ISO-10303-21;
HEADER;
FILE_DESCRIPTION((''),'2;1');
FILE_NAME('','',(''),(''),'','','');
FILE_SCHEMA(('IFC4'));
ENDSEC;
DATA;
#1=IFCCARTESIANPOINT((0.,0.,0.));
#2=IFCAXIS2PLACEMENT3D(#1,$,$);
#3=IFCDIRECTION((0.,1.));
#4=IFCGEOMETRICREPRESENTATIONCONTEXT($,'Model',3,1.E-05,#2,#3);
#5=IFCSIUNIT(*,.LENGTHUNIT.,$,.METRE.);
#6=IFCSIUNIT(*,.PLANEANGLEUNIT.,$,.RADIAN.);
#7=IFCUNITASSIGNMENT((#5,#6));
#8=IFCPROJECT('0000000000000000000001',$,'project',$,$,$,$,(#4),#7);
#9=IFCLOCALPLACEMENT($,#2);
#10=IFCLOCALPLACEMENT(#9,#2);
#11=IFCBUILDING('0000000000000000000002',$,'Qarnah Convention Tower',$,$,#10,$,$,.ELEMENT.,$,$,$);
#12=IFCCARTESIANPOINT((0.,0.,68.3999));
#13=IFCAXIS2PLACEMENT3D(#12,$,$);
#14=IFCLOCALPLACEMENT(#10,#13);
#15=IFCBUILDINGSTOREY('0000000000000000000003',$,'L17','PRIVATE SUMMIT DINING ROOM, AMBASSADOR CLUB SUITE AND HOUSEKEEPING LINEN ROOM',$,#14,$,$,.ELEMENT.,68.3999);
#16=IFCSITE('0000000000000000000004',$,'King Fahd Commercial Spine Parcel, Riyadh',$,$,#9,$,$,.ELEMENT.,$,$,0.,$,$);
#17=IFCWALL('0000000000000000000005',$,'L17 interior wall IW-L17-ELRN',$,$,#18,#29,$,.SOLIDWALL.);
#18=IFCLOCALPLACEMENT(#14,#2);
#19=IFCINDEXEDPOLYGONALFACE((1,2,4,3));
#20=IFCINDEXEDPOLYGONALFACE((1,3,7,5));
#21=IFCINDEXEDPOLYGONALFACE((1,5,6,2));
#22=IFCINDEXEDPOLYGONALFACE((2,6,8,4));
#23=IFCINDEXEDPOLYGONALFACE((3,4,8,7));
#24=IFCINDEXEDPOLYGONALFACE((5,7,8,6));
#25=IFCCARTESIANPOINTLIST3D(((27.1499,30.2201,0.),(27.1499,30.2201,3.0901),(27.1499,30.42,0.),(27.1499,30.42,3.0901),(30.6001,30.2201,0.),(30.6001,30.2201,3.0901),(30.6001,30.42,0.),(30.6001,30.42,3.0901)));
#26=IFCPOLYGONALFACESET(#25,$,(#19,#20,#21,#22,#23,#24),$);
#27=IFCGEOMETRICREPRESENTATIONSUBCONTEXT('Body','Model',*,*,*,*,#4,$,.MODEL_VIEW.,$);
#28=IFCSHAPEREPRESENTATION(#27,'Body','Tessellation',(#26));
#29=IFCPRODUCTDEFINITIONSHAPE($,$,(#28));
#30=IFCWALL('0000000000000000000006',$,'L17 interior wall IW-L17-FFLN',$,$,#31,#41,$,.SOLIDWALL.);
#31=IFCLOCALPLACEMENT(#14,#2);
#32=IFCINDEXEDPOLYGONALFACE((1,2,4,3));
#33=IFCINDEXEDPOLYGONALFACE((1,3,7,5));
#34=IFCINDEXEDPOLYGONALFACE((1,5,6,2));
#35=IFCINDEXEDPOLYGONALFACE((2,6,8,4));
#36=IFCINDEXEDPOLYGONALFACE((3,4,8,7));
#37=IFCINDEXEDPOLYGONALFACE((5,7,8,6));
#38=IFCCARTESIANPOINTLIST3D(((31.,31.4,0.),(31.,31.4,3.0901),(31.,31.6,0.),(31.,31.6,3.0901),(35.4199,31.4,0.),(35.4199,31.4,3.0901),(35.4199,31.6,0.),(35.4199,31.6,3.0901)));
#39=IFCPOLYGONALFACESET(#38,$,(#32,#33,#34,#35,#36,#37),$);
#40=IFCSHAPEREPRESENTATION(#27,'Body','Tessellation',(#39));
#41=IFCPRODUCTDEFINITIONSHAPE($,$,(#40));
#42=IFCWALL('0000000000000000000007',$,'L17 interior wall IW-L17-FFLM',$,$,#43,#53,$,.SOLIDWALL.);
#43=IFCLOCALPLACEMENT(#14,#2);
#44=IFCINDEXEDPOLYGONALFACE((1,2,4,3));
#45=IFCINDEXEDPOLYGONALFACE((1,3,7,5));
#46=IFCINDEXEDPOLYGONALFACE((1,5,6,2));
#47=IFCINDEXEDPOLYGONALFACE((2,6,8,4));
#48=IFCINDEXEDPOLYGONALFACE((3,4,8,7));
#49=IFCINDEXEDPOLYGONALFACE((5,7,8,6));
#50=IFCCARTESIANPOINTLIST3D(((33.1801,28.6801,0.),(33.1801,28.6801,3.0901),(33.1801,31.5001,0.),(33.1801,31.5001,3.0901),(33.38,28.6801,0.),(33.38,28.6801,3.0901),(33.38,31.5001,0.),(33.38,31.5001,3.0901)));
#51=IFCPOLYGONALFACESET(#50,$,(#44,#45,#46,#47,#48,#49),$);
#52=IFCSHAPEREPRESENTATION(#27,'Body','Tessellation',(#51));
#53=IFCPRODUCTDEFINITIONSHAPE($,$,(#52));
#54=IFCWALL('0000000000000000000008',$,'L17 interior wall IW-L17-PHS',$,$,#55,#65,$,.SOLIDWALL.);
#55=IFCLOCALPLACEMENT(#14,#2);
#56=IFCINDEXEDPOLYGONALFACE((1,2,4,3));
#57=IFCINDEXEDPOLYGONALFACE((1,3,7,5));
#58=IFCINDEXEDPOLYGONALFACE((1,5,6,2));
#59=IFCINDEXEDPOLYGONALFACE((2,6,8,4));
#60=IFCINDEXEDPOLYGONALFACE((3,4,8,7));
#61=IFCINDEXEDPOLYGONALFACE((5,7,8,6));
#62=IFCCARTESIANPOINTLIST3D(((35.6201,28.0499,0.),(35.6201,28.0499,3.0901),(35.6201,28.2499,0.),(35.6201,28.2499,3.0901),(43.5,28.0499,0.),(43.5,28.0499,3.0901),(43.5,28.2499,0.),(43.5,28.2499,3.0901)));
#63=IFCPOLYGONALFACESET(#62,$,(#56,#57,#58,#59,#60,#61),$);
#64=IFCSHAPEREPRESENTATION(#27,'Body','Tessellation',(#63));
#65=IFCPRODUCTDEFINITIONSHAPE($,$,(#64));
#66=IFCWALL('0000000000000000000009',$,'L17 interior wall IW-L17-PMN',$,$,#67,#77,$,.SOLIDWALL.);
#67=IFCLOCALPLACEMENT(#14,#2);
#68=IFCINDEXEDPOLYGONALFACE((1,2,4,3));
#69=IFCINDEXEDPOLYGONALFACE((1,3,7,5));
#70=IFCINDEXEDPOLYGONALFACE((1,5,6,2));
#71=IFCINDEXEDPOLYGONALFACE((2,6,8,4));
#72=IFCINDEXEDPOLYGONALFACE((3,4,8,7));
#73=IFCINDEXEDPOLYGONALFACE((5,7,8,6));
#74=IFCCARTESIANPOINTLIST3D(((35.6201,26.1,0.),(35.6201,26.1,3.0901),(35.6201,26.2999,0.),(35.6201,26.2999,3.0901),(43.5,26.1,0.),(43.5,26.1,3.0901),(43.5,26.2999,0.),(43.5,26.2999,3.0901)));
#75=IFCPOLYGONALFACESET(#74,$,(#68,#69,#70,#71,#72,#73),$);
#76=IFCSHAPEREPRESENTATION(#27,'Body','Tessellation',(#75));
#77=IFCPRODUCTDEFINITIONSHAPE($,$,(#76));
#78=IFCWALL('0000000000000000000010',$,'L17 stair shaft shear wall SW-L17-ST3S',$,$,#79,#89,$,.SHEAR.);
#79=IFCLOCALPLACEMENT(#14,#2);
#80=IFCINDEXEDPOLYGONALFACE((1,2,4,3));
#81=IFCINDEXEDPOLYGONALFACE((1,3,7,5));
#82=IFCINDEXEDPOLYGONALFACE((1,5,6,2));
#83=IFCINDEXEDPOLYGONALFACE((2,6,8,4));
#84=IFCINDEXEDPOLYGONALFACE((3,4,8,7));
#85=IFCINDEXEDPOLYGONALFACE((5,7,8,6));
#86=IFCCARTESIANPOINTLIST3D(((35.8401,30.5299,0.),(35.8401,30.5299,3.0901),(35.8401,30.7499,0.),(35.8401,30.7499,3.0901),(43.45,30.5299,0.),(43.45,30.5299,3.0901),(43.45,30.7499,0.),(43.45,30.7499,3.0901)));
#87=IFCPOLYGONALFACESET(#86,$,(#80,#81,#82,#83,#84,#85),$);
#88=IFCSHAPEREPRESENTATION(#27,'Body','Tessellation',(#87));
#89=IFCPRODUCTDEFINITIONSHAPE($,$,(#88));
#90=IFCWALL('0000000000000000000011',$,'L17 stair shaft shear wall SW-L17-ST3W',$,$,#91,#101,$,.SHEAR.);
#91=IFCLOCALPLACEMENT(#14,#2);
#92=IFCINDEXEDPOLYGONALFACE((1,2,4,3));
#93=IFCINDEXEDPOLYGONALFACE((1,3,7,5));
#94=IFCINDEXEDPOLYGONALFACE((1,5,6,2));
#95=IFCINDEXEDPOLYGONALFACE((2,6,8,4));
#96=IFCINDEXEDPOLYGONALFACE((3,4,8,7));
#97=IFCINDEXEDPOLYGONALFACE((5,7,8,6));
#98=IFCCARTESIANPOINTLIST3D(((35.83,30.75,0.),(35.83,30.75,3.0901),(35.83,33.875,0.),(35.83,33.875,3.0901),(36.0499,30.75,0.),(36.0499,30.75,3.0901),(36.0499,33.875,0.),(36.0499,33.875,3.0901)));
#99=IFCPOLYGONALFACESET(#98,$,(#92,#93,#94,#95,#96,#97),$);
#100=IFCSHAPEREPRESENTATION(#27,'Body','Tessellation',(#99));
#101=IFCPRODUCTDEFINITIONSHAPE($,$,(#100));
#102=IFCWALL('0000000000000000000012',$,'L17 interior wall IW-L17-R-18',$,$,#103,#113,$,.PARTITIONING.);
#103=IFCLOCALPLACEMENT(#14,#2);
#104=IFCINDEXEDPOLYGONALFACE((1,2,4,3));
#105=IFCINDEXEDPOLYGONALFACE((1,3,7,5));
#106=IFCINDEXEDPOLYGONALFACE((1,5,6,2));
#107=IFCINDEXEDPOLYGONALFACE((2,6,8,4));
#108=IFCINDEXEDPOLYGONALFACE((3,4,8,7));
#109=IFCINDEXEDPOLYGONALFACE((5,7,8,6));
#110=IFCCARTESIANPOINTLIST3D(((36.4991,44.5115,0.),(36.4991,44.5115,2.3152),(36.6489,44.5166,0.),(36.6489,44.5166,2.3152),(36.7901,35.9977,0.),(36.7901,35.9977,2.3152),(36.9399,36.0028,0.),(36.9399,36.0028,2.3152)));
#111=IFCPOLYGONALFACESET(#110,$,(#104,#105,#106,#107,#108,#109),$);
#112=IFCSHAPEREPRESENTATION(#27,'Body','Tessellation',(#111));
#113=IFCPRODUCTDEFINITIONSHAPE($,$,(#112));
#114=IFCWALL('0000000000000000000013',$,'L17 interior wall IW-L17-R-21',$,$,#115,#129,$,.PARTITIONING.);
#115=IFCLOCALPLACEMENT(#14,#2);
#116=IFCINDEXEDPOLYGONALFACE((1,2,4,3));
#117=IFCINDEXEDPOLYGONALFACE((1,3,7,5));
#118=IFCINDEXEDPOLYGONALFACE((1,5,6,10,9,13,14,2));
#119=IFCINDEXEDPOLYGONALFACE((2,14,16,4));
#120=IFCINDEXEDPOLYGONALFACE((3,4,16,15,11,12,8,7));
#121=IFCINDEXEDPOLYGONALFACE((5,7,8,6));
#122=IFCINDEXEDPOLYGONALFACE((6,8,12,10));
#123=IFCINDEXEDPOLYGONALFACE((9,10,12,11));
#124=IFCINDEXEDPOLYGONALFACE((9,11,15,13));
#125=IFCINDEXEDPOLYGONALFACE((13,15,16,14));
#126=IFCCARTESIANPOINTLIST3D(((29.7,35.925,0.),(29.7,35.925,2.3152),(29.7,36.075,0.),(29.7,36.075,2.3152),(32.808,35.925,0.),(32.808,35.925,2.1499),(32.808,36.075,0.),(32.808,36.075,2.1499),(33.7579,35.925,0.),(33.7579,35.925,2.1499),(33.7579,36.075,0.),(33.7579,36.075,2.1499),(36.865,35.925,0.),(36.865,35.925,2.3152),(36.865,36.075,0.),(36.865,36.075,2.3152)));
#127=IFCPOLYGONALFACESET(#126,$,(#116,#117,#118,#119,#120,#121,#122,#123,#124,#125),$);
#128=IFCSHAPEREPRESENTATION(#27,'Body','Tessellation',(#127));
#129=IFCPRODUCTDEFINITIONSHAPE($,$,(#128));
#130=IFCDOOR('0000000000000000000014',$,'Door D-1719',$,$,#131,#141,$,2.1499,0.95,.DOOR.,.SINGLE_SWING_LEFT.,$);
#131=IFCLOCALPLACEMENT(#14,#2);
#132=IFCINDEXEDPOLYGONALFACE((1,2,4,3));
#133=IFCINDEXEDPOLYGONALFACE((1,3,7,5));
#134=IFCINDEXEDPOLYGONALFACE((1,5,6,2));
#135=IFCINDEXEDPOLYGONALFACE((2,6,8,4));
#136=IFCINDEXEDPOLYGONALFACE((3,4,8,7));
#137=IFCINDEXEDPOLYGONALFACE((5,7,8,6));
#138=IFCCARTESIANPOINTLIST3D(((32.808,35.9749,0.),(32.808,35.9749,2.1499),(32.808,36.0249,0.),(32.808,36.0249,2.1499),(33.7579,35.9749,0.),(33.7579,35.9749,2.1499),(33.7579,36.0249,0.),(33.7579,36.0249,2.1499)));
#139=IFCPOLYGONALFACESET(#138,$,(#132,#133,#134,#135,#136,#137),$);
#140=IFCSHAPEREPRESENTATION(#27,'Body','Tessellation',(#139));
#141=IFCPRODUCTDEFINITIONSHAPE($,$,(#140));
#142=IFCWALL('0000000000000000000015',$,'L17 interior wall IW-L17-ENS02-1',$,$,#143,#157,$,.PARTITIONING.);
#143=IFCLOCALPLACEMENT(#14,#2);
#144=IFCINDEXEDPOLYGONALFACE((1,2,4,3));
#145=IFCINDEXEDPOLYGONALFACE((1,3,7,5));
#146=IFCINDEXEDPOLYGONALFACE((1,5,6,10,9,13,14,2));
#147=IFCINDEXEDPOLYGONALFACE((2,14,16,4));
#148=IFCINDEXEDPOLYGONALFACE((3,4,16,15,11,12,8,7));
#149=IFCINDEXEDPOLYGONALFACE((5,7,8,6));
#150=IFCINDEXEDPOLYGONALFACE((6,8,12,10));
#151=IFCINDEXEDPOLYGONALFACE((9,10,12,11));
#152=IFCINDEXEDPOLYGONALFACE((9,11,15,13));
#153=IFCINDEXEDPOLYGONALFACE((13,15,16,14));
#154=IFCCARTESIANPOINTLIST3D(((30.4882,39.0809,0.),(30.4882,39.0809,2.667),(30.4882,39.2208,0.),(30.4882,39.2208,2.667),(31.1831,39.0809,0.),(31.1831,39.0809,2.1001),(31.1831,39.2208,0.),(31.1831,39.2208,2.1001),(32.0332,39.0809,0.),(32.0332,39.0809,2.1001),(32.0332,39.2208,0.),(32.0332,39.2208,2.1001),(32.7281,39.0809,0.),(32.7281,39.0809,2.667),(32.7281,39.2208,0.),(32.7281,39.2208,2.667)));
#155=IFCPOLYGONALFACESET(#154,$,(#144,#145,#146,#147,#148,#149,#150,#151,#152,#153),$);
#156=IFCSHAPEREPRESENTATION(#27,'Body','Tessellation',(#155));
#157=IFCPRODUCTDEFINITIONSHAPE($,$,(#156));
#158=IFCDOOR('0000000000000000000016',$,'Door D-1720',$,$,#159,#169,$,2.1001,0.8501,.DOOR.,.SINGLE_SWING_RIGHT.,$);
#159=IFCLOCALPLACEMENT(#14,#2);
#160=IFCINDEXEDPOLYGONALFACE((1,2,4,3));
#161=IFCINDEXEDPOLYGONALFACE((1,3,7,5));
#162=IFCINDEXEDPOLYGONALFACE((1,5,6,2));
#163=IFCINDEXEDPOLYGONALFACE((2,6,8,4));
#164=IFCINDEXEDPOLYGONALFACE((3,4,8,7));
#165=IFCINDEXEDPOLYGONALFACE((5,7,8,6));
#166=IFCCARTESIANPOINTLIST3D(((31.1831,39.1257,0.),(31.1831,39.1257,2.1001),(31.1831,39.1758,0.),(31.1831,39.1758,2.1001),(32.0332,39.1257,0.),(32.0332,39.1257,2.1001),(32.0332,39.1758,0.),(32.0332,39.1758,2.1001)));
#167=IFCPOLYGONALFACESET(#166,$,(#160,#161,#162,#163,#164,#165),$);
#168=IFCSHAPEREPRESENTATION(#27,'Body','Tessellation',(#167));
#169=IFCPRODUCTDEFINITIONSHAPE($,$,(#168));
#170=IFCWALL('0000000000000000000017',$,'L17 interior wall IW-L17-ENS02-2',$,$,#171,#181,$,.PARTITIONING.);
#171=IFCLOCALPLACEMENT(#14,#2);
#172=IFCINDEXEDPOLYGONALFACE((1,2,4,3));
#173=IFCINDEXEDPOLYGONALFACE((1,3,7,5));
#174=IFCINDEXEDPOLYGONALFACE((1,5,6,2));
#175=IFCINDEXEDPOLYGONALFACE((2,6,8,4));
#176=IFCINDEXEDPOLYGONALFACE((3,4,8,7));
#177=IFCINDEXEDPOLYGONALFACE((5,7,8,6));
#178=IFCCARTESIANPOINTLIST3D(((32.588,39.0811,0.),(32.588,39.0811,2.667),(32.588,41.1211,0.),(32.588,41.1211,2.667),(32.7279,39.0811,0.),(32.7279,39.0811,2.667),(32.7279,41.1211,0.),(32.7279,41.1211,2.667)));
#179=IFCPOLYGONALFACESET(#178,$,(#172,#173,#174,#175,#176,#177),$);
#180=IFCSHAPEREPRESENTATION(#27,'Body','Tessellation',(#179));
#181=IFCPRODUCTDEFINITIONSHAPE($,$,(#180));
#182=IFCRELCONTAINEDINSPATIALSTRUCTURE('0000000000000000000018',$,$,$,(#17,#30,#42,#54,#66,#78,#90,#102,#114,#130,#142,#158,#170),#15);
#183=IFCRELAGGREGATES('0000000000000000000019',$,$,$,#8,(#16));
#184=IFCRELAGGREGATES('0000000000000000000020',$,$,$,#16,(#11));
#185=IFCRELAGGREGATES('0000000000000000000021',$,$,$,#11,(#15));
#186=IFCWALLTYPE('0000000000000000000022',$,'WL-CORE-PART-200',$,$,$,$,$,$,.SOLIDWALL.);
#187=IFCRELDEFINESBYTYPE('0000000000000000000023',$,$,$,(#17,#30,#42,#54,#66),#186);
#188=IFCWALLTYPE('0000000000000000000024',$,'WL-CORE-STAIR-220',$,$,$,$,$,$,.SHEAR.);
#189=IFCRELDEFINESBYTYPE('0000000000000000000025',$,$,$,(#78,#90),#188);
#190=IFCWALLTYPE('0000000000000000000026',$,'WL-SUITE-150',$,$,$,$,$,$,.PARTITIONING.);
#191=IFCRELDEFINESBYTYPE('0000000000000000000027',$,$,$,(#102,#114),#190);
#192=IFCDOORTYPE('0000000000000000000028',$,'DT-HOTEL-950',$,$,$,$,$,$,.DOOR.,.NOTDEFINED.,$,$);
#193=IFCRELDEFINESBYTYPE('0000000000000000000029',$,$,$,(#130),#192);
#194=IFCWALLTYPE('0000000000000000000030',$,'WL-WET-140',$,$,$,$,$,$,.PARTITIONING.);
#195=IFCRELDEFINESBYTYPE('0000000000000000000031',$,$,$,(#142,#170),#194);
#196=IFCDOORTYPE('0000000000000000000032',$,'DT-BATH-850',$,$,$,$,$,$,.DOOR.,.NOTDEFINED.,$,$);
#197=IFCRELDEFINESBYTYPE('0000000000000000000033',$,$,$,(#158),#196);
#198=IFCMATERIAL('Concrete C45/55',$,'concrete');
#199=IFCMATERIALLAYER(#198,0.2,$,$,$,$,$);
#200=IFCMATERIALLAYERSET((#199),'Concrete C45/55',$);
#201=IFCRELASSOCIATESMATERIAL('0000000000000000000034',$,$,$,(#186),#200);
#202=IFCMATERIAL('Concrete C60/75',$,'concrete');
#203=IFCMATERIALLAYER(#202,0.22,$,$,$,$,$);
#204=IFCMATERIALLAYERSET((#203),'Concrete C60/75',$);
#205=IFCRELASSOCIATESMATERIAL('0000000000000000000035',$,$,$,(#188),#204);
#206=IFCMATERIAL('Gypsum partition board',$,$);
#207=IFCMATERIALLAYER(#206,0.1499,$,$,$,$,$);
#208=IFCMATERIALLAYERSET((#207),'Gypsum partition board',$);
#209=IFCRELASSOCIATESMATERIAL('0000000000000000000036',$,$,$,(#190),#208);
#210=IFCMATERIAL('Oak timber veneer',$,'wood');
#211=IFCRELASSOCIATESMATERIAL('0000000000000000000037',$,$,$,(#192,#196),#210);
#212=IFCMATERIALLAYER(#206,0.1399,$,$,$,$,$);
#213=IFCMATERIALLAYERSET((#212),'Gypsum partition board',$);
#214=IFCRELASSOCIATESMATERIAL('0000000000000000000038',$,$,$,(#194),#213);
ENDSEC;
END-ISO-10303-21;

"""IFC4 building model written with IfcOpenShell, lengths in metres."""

from ifc_helpers import new_model, si_unit, direction, frame, frame_2d, origin, place, context, subcontext, project, spatial, rectangle, extrude, material, layer, layer_set, type_object, element, fill, save


model = new_model("IFC4")

# Units and contexts
model_context = context("Model", 3, precision=1e-05, world=origin(), true_north=direction((0.0, 1.0)))
body_context = subcontext(model_context, "Body", "Model", "MODEL_VIEW")
ifc_project = project(units=[si_unit("LENGTHUNIT", "METRE"), si_unit("PLANEANGLEUNIT", "RADIAN")], contexts=[model_context])

# Site, building, storey
site_placement = place(None, origin())
site = spatial("IfcSite", under=ifc_project, at=site_placement, Name="King Fahd Commercial Spine Parcel, Riyadh", CompositionType="ELEMENT", RefElevation=0.0)
building_placement = place(site_placement, origin())
building = spatial("IfcBuilding", under=site, at=building_placement, Name="Qarnah Convention Tower", CompositionType="ELEMENT")
storey_placement = place(building_placement, frame((0.0, 0.0, 68.3999)))
storey = spatial("IfcBuildingStorey", under=building, at=storey_placement, Name="L17", Description="PRIVATE SUMMIT DINING ROOM, AMBASSADOR CLUB SUITE AND HOUSEKEEPING LINEN ROOM", CompositionType="ELEMENT", Elevation=68.3999)

# Wall
ifc_material_1 = material(Name="Concrete C45/55", Category="concrete")
ifc_layer_1 = layer(ifc_material_1, 0.2)
ifc_layer_set_1 = layer_set([ifc_layer_1], Name="Concrete C45/55")
wall_type_1 = type_object("IfcWallType", Name="WL-CORE-PART-200", PredefinedType="SOLIDWALL", material=ifc_layer_set_1)
wall_1_placement = place(storey_placement, frame((27.1499, 30.3201, 0.0), z_axis=(0.0, 0.0, 1.0), x_axis=(1.0, 0.0, 0.0)))
element("IfcWall", 1, at=wall_1_placement, inside=storey, type_object=wall_type_1, Name="L17 interior wall IW-L17-ELRN", PredefinedType="SOLIDWALL", context=body_context, shape_type="SweptSolid", body=[
    extrude(rectangle(XDim=3.4502, YDim=0.2, at=frame_2d((1.7251, 0.0))), origin(), (0.0, 0.0, 1.0), 3.0901),
])

# Walls
wall_2_placement = place(storey_placement, frame((31.0, 31.5, 0.0), z_axis=(0.0, 0.0, 1.0), x_axis=(1.0, 0.0, 0.0)))
element("IfcWall", 2, at=wall_2_placement, inside=storey, type_object=wall_type_1, Name="L17 interior wall IW-L17-FFLN", PredefinedType="SOLIDWALL", context=body_context, shape_type="SweptSolid", body=[
    extrude(rectangle(XDim=4.4199, YDim=0.2, at=frame_2d((2.21, 0.0))), origin(), (0.0, 0.0, 1.0), 3.0901),
])
wall_3_placement = place(storey_placement, frame((33.28, 28.6799, 0.0), z_axis=(0.0, 0.0, 1.0), x_axis=(0.0, 1.0, 0.0)))
element("IfcWall", 3, at=wall_3_placement, inside=storey, type_object=wall_type_1, Name="L17 interior wall IW-L17-FFLM", PredefinedType="SOLIDWALL", context=body_context, shape_type="SweptSolid", body=[
    extrude(rectangle(XDim=2.8201, YDim=0.2, at=frame_2d((1.4102, 0.0))), origin(), (0.0, 0.0, 1.0), 3.0901),
])
for number, where, z_axis, x_axis, name in (
    (4, (35.6201, 28.1499, 0.0), (0.0, 0.0, 1.0), (1.0, 0.0, 0.0), "L17 interior wall IW-L17-PHS"),
    (5, (35.6201, 26.2, 0.0), (0.0, 0.0, 1.0), (1.0, 0.0, 0.0), "L17 interior wall IW-L17-PMN"),
):
    element("IfcWall", number, at=place(storey_placement, frame(where, z_axis=z_axis, x_axis=x_axis)), inside=storey, type_object=wall_type_1, Name=name, PredefinedType="SOLIDWALL", context=body_context, shape_type="SweptSolid", body=[
        extrude(rectangle(XDim=7.8799, YDim=0.2, at=frame_2d((3.9399, 0.0))), origin(), (0.0, 0.0, 1.0), 3.0901),
    ])
ifc_material_2 = material(Name="Concrete C60/75", Category="concrete")
ifc_layer_2 = layer(ifc_material_2, 0.22)
ifc_layer_set_2 = layer_set([ifc_layer_2], Name="Concrete C60/75")
wall_type_2 = type_object("IfcWallType", Name="WL-CORE-STAIR-220", PredefinedType="SHEAR", material=ifc_layer_set_2)
wall_4_placement = place(storey_placement, frame((35.8401, 30.6399, 0.0), z_axis=(0.0, 0.0, 1.0), x_axis=(1.0, 0.0, 0.0)))
element("IfcWall", 6, at=wall_4_placement, inside=storey, type_object=wall_type_2, Name="L17 stair shaft shear wall SW-L17-ST3S", PredefinedType="SHEAR", context=body_context, shape_type="SweptSolid", body=[
    extrude(rectangle(XDim=7.6099, YDim=0.22, at=frame_2d((3.8049, 0.0))), origin(), (0.0, 0.0, 1.0), 3.0901),
])
wall_5_placement = place(storey_placement, frame((35.9399, 30.75, 0.0), z_axis=(0.0, 0.0, 1.0), x_axis=(0.0, 1.0, 0.0)))
element("IfcWall", 7, at=wall_5_placement, inside=storey, type_object=wall_type_2, Name="L17 stair shaft shear wall SW-L17-ST3W", PredefinedType="SHEAR", context=body_context, shape_type="SweptSolid", body=[
    extrude(rectangle(XDim=3.125, YDim=0.22, at=frame_2d((1.5625, 0.0))), origin(), (0.0, 0.0, 1.0), 3.0901),
])
ifc_material_3 = material(Name="Gypsum partition board")
ifc_layer_3 = layer(ifc_material_3, 0.1499)
ifc_layer_set_3 = layer_set([ifc_layer_3], Name="Gypsum partition board")
wall_type_3 = type_object("IfcWallType", Name="WL-SUITE-150", PredefinedType="PARTITIONING", material=ifc_layer_set_3)
wall_6_placement = place(storey_placement, frame((36.574, 44.5139, 0.0), z_axis=(0.0, 0.0, 1.0), x_axis=(0.034161, -0.999416, 0.0)))
element("IfcWall", 8, at=wall_6_placement, inside=storey, type_object=wall_type_3, Name="L17 interior wall IW-L17-R-18", PredefinedType="PARTITIONING", context=body_context, shape_type="SweptSolid", body=[
    extrude(rectangle(XDim=8.5188, YDim=0.1499, at=frame_2d((4.2593, 0.0))), origin(), (0.0, 0.0, 1.0), 2.3152),
])

# Walls, openings, doors
wall_7_placement = place(storey_placement, frame((29.7, 36.0, 0.0), z_axis=(0.0, 0.0, 1.0), x_axis=(1.0, 0.0, 0.0)))
wall_7 = element("IfcWall", 9, at=wall_7_placement, inside=storey, type_object=wall_type_3, Name="L17 interior wall IW-L17-R-21", PredefinedType="PARTITIONING", context=body_context, shape_type="SweptSolid", body=[
    extrude(rectangle(XDim=7.165, YDim=0.1499, at=frame_2d((3.5825, 0.0))), origin(), (0.0, 0.0, 1.0), 2.3152),
])
opening_1_placement = place(wall_7_placement, frame((3.1079, 0.0, 0.0)))
opening_1 = element("IfcOpeningElement", 10, at=opening_1_placement, cuts=wall_7, PredefinedType="OPENING", context=body_context, shape_type="SweptSolid", body=[
    extrude(rectangle(XDim=0.95, YDim=2.1499, at=frame_2d((0.4751, 1.075))), frame((0.0, 0.085, 0.0), z_axis=(0.0, -1.0, 0.0), x_axis=(1.0, 0.0, 0.0)), (0.0, 0.0, 1.0), 0.1699),
])
ifc_material_4 = material(Name="Oak timber veneer", Category="wood")
door_type_1 = type_object("IfcDoorType", Name="DT-HOTEL-950", OperationType="NOTDEFINED", PredefinedType="DOOR", material=ifc_material_4)
door_1_placement = place(opening_1_placement, origin())
door_1 = element("IfcDoor", 11, at=door_1_placement, inside=storey, type_object=door_type_1, Name="Door D-1719", OperationType="SINGLE_SWING_LEFT", OverallHeight=2.1499, OverallWidth=0.95, PredefinedType="DOOR", context=body_context, shape_type="SweptSolid", body=[
    extrude(rectangle(XDim=0.95, YDim=2.1499, at=frame_2d((0.4751, 1.075))), frame((0.0, 0.0249, 0.0), z_axis=(0.0, -1.0, 0.0), x_axis=(1.0, 0.0, 0.0)), (0.0, 0.0, 1.0), 0.05),
])
fill(opening_1, door_1)
ifc_layer_4 = layer(ifc_material_3, 0.1399)
ifc_layer_set_4 = layer_set([ifc_layer_4], Name="Gypsum partition board")
wall_type_4 = type_object("IfcWallType", Name="WL-WET-140", PredefinedType="PARTITIONING", material=ifc_layer_set_4)
wall_8_placement = place(storey_placement, frame((30.488, 39.1509, 0.0), z_axis=(0.0, 0.0, 1.0), x_axis=(1.0, 0.0, 0.0)))
wall_8 = element("IfcWall", 12, at=wall_8_placement, inside=storey, type_object=wall_type_4, Name="L17 interior wall IW-L17-ENS02-1", PredefinedType="PARTITIONING", context=body_context, shape_type="SweptSolid", body=[
    extrude(rectangle(XDim=2.24, YDim=0.1399, at=frame_2d((1.1201, 0.0))), origin(), (0.0, 0.0, 1.0), 2.667),
])
opening_2_placement = place(wall_8_placement, frame((0.6951, 0.0, 0.0)))
opening_2 = element("IfcOpeningElement", 13, at=opening_2_placement, cuts=wall_8, PredefinedType="OPENING", context=body_context, shape_type="SweptSolid", body=[
    extrude(rectangle(XDim=0.8501, YDim=2.1001, at=frame_2d((0.425, 1.05))), frame((0.0, 0.0798, 0.0), z_axis=(0.0, -1.0, 0.0), x_axis=(1.0, 0.0, 0.0)), (0.0, 0.0, 1.0), 0.1599),
])
door_type_2 = type_object("IfcDoorType", Name="DT-BATH-850", OperationType="NOTDEFINED", PredefinedType="DOOR", material=ifc_material_4)
door_2_placement = place(opening_2_placement, origin())
door_2 = element("IfcDoor", 14, at=door_2_placement, inside=storey, type_object=door_type_2, Name="Door D-1720", OperationType="SINGLE_SWING_RIGHT", OverallHeight=2.1001, OverallWidth=0.8501, PredefinedType="DOOR", context=body_context, shape_type="SweptSolid", body=[
    extrude(rectangle(XDim=0.8501, YDim=2.1001, at=frame_2d((0.425, 1.05))), frame((0.0, 0.0249, 0.0), z_axis=(0.0, -1.0, 0.0), x_axis=(1.0, 0.0, 0.0)), (0.0, 0.0, 1.0), 0.05),
])
fill(opening_2, door_2)

# Wall
wall_9_placement = place(storey_placement, frame((32.658, 39.0811, 0.0), z_axis=(0.0, 0.0, 1.0), x_axis=(0.0, 1.0, 0.0)))
element("IfcWall", 15, at=wall_9_placement, inside=storey, type_object=wall_type_4, Name="L17 interior wall IW-L17-ENS02-2", PredefinedType="PARTITIONING", context=body_context, shape_type="SweptSolid", body=[
    extrude(rectangle(XDim=2.04, YDim=0.1399, at=frame_2d((1.02, 0.0))), origin(), (0.0, 0.0, 1.0), 2.667),
])

save(model, "model.ifc")
